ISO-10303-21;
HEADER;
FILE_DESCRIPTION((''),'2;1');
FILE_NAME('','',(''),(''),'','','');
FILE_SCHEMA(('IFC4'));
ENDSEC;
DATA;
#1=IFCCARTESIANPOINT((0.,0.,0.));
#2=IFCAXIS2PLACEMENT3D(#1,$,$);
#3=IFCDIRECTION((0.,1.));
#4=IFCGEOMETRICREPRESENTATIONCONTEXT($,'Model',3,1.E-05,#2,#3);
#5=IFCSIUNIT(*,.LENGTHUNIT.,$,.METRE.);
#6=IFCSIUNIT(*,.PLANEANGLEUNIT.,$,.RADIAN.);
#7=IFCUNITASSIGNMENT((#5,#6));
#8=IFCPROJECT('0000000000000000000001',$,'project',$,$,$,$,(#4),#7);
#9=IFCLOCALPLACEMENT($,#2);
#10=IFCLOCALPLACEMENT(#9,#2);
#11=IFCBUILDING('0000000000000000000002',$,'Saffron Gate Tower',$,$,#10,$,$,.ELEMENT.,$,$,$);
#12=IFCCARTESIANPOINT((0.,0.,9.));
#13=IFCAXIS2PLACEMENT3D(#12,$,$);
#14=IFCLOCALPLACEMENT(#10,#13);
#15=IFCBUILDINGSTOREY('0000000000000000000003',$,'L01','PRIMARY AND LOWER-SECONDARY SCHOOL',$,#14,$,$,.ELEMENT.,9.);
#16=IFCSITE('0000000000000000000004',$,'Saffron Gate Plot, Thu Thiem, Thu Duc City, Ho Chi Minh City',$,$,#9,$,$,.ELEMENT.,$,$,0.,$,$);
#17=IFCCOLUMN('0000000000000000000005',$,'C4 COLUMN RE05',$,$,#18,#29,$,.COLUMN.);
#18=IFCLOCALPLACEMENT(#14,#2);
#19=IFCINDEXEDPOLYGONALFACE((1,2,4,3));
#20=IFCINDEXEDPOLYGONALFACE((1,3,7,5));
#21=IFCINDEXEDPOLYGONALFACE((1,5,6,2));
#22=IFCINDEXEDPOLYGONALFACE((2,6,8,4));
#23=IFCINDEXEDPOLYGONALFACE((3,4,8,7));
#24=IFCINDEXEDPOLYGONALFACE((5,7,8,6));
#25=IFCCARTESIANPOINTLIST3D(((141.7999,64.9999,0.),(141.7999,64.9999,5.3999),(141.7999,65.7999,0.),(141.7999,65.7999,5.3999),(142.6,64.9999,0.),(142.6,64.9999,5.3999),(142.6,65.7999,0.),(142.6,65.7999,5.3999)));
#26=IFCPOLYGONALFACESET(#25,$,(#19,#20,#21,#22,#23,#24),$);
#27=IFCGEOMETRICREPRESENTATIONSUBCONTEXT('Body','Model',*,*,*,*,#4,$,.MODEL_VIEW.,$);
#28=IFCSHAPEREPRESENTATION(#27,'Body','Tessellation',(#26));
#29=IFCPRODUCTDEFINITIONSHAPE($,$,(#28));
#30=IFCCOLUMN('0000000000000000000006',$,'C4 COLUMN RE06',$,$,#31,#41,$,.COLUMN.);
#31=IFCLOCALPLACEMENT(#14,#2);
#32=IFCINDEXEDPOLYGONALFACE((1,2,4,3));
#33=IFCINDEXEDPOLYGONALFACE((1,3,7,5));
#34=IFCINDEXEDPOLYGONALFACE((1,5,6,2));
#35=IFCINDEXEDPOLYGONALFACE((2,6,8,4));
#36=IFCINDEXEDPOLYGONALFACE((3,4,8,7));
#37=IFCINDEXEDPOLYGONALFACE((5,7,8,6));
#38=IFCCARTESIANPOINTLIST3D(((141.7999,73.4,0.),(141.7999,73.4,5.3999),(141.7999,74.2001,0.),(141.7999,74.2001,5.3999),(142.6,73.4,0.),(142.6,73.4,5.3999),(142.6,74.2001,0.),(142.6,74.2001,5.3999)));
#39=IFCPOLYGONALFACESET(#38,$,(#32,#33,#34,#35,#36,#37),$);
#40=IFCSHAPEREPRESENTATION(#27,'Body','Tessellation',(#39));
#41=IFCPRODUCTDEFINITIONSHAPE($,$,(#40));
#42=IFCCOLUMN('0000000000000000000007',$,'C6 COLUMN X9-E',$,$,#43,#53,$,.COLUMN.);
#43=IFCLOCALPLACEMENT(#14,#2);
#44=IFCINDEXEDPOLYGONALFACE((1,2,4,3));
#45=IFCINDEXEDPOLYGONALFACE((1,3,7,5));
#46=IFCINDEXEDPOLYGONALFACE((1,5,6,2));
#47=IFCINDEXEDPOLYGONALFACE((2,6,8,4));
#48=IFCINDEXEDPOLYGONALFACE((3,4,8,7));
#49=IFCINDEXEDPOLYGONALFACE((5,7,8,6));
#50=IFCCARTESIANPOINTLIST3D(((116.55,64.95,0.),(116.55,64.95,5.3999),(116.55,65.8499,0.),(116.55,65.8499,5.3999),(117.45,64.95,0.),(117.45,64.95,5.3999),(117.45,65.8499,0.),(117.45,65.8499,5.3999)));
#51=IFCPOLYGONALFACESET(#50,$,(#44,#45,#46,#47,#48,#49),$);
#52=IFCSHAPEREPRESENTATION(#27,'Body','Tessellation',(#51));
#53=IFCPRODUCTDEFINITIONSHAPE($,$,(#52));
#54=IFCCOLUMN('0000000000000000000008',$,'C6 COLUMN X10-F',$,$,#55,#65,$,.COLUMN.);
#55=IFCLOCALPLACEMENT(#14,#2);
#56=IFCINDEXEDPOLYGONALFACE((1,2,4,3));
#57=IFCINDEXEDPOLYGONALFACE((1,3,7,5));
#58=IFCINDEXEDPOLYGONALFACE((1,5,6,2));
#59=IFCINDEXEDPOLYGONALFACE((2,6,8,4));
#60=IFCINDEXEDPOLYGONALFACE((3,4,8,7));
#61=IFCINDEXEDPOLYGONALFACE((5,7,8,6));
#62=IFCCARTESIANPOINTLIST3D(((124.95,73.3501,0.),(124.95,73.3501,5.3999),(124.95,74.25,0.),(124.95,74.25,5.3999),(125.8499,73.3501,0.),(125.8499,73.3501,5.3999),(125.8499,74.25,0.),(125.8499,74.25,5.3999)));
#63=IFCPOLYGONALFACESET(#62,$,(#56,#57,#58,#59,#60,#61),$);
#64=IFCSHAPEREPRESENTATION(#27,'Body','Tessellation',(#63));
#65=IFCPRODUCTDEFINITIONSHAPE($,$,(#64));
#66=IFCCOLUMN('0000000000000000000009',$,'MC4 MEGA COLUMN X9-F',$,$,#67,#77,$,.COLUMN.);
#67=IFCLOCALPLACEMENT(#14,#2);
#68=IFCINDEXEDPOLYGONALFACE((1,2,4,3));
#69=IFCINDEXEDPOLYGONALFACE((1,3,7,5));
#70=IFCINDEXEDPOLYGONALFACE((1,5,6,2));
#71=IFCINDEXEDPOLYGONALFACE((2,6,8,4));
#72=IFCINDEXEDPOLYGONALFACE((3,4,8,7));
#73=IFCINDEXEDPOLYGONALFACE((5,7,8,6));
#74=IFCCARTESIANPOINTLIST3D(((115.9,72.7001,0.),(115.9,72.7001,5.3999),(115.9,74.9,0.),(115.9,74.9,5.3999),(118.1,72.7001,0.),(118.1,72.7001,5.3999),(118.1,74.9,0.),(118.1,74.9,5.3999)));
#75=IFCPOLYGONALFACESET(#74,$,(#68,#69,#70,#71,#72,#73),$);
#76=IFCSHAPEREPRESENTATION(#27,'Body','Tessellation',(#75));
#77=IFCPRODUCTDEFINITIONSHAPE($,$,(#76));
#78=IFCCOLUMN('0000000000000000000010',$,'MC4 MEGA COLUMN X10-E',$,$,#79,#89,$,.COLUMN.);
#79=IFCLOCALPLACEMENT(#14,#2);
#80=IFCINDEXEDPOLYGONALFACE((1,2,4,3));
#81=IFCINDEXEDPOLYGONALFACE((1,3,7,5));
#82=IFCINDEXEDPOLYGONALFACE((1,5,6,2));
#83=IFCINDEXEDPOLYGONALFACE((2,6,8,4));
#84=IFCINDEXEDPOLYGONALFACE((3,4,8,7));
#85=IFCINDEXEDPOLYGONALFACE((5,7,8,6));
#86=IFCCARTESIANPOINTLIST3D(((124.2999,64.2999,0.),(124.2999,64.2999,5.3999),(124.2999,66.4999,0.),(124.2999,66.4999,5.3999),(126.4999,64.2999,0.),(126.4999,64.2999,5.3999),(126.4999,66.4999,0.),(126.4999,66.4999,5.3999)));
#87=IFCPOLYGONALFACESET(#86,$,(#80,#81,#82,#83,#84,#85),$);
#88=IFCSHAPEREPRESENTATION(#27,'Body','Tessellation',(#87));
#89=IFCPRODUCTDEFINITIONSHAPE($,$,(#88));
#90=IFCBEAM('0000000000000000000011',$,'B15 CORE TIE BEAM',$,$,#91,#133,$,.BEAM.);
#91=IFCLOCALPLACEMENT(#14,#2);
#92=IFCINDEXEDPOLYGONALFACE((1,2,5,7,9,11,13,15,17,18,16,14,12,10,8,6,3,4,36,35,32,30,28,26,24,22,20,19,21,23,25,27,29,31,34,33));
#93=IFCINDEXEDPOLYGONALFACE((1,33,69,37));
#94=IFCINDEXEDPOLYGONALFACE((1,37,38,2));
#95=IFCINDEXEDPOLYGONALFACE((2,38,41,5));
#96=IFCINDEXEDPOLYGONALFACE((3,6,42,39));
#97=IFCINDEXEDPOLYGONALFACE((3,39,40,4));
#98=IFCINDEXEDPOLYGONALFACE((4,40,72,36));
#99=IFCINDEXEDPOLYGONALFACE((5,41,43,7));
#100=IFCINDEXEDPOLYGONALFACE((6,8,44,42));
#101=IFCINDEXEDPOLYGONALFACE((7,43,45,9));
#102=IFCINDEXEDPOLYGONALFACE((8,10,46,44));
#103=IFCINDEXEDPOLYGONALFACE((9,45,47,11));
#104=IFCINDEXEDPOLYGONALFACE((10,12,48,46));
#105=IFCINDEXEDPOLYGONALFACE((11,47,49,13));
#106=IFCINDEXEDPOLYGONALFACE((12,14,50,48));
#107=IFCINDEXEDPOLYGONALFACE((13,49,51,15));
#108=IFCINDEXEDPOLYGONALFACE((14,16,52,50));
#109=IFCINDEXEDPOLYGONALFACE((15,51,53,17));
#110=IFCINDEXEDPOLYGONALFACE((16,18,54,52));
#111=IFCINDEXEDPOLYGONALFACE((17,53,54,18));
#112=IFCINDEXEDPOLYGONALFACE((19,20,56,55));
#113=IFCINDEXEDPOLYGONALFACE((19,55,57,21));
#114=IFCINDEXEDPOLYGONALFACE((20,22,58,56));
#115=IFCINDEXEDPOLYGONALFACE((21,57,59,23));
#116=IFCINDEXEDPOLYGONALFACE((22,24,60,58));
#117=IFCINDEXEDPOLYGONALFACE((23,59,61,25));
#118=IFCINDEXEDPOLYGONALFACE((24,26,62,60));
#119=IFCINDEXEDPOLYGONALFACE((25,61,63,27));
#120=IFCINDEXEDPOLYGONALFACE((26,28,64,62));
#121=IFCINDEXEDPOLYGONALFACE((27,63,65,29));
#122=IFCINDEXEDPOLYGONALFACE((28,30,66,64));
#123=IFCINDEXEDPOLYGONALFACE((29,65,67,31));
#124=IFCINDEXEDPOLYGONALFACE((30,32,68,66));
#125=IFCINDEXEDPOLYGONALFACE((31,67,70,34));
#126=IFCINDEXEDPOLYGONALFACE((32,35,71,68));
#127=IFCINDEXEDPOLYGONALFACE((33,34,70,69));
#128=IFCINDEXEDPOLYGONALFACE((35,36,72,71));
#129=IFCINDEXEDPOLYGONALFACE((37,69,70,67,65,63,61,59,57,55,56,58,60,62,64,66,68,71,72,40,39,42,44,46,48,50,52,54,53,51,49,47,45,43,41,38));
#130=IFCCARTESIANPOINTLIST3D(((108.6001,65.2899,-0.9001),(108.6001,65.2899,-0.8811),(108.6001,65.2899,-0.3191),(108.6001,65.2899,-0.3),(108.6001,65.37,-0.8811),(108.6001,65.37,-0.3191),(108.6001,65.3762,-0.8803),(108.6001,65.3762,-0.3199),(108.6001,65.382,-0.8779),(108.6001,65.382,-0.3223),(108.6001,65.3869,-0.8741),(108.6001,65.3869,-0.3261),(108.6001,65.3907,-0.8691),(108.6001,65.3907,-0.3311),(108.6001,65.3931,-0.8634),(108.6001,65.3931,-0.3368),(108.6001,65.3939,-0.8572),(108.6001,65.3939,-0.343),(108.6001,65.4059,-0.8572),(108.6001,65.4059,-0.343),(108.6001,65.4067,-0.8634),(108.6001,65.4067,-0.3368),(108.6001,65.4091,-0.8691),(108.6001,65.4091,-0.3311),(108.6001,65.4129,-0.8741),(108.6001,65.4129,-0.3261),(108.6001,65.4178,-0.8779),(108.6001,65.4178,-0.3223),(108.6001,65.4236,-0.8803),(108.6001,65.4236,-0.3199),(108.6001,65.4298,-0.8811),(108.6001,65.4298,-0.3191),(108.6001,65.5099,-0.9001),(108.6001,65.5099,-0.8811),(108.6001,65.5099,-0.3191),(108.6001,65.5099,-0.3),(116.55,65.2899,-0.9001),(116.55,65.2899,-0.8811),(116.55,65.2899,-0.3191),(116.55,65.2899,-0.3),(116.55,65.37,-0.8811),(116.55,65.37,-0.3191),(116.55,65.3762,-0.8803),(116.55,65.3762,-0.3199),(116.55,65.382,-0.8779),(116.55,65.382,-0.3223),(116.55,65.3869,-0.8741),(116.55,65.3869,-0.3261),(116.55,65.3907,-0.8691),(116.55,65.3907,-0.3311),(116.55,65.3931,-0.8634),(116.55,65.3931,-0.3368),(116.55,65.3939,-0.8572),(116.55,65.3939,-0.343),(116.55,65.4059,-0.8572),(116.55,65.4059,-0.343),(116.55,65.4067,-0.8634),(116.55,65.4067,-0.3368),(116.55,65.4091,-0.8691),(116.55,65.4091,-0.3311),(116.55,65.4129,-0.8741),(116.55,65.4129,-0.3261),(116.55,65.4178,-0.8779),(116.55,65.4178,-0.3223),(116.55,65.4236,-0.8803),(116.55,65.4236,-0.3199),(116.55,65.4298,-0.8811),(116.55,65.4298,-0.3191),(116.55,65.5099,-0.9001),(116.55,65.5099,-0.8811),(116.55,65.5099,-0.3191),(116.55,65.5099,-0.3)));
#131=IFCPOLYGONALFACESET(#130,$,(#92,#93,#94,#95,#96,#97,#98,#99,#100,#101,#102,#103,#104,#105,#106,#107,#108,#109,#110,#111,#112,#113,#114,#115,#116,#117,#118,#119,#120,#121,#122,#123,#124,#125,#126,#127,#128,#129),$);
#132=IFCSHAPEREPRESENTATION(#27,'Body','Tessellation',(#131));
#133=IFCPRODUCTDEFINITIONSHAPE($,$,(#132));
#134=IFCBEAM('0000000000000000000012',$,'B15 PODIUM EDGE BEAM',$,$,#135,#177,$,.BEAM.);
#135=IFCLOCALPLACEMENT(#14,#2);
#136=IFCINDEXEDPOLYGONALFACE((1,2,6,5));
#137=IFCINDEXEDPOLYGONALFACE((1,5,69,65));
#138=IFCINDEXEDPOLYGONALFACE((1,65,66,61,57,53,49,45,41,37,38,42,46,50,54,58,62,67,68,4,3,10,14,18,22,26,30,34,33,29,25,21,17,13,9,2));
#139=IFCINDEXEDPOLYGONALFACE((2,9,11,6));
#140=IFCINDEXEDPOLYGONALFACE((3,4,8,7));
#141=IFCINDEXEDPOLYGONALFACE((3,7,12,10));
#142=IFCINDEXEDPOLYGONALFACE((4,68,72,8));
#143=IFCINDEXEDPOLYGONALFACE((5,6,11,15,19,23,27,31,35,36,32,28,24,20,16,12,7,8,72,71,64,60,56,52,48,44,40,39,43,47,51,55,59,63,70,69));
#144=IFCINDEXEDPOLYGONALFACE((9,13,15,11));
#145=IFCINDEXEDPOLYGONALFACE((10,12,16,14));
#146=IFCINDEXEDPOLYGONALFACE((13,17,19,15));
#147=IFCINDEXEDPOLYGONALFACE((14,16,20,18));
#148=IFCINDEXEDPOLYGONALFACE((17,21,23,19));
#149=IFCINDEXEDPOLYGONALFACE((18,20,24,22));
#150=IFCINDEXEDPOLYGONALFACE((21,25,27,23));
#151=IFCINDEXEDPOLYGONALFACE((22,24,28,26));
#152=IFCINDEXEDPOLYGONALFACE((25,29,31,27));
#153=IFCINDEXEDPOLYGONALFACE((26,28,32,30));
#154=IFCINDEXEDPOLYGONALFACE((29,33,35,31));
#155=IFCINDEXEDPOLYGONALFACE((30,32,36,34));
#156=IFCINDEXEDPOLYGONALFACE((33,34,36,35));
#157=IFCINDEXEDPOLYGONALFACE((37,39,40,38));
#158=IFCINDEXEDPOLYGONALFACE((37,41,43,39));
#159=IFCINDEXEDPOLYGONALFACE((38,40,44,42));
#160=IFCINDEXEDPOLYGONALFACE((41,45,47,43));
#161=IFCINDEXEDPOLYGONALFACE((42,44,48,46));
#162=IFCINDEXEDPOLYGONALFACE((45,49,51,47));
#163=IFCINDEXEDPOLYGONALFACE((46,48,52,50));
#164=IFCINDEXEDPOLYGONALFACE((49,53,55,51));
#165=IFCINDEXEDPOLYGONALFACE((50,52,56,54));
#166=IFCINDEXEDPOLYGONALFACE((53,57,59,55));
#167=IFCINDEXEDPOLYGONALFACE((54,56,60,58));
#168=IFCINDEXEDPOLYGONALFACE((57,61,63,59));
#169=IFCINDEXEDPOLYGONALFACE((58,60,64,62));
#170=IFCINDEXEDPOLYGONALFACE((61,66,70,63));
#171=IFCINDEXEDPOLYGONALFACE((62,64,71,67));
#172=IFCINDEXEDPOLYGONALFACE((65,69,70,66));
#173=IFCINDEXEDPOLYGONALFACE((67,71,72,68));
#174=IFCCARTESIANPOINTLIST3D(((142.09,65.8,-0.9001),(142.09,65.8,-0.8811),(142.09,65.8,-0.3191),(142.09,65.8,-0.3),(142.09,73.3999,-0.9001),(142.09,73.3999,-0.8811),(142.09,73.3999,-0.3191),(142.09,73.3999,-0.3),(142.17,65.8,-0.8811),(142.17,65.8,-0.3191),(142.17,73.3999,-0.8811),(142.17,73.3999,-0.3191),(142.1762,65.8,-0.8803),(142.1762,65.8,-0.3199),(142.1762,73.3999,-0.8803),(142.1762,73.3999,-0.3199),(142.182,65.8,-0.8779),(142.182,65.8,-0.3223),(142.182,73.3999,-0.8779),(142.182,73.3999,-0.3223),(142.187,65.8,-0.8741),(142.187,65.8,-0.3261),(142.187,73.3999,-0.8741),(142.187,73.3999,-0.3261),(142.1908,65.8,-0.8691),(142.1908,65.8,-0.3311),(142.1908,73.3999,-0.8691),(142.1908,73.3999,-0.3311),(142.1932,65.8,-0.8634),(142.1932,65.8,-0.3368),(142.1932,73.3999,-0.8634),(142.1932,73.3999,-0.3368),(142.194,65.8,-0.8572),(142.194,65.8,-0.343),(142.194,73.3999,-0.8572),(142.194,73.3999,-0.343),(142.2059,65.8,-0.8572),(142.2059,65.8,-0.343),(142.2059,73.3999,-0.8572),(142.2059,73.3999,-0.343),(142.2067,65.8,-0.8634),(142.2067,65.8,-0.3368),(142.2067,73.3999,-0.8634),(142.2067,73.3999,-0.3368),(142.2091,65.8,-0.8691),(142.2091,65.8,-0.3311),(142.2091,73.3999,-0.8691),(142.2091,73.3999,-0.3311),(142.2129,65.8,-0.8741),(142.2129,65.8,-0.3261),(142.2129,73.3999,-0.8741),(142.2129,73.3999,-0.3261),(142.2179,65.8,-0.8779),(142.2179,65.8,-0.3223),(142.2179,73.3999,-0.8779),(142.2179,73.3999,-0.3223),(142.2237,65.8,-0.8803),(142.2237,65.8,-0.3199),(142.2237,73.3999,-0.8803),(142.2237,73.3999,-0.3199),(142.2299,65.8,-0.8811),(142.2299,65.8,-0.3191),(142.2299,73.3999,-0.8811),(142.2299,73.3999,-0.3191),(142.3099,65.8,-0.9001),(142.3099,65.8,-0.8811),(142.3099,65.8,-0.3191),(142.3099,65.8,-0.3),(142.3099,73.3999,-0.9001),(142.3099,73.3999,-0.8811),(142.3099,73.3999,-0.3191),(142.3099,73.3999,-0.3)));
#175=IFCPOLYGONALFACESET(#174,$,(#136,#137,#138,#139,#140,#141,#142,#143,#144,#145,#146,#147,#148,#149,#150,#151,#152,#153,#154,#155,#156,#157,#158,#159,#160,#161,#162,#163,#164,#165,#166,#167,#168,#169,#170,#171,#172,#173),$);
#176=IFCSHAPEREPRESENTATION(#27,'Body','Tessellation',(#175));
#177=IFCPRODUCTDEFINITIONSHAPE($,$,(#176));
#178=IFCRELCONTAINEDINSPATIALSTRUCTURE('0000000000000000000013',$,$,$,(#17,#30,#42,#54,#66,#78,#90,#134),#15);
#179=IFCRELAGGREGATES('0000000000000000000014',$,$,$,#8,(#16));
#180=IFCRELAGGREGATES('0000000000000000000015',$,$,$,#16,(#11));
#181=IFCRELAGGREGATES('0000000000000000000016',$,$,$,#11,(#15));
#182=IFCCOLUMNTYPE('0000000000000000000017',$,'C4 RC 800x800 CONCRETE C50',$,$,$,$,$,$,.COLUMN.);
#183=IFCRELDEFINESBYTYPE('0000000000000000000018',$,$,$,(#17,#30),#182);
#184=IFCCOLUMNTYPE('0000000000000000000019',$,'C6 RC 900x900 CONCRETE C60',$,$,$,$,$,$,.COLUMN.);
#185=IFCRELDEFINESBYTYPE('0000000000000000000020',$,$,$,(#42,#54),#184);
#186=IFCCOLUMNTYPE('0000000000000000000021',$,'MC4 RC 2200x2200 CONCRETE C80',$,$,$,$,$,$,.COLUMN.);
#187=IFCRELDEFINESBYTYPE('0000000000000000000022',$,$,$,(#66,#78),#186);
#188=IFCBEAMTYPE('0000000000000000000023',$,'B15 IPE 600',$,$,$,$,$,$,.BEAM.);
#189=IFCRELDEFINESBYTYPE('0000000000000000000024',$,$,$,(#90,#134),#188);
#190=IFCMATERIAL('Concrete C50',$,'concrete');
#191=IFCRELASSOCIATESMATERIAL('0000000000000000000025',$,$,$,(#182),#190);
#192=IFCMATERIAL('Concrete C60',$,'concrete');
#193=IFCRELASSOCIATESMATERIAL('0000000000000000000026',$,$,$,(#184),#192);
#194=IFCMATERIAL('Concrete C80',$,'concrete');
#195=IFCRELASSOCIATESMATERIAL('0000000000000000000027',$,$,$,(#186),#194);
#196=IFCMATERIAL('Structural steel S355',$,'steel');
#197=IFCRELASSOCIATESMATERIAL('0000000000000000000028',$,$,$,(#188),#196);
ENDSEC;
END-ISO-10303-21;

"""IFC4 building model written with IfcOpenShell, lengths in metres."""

from ifc_helpers import new_model, si_unit, direction, frame, origin, origin_2d, place, context, subcontext, project, spatial, rectangle, i_section, extrude, material, material_profile, profile_set, type_object, element, save


model = new_model("IFC4")

# Units and contexts
model_context = context("Model", 3, precision=1e-05, world=origin(), true_north=direction((0.0, 1.0)))
body_context = subcontext(model_context, "Body", "Model", "MODEL_VIEW")
ifc_project = project(units=[si_unit("LENGTHUNIT", "METRE"), si_unit("PLANEANGLEUNIT", "RADIAN")], contexts=[model_context])

# Site, building, storey
site_placement = place(None, origin())
site = spatial("IfcSite", under=ifc_project, at=site_placement, Name="Saffron Gate Plot, Thu Thiem, Thu Duc City, Ho Chi Minh City", CompositionType="ELEMENT", RefElevation=0.0)
building_placement = place(site_placement, origin())
building = spatial("IfcBuilding", under=site, at=building_placement, Name="Saffron Gate Tower", CompositionType="ELEMENT")
storey_placement = place(building_placement, frame((0.0, 0.0, 9.0)))
storey = spatial("IfcBuildingStorey", under=building, at=storey_placement, Name="L01", Description="PRIMARY AND LOWER-SECONDARY SCHOOL", CompositionType="ELEMENT", Elevation=9.0)

# Columns
ifc_material_1 = material(Name="Concrete C50", Category="concrete")
ifc_material_profile_1 = material_profile(ifc_material_1, rectangle(XDim=0.8, YDim=0.8, at=origin_2d()))
ifc_profile_set_1 = profile_set([ifc_material_profile_1], Name="Concrete C50")
column_type_1 = type_object("IfcColumnType", Name="C4 RC 800x800 CONCRETE C50", PredefinedType="COLUMN", material=ifc_profile_set_1)
for number, where, z_axis, x_axis, name in (
    (1, (142.2, 65.3999, 0.0), (0.0, 0.0, 1.0), (1.0, 0.0, 0.0), "C4 COLUMN RE05"),
    (2, (142.2, 73.8, 0.0), (0.0, 0.0, 1.0), (1.0, 0.0, 0.0), "C4 COLUMN RE06"),
):
    element("IfcColumn", number, at=place(storey_placement, frame(where, z_axis=z_axis, x_axis=x_axis)), inside=storey, type_object=column_type_1, Name=name, PredefinedType="COLUMN", context=body_context, shape_type="SweptSolid", body=[
        extrude(rectangle(XDim=0.8, YDim=0.8, at=origin_2d()), origin(), (0.0, 0.0, 1.0), 5.3999),
    ])
ifc_material_2 = material(Name="Concrete C60", Category="concrete")
ifc_material_profile_2 = material_profile(ifc_material_2, rectangle(XDim=0.8999, YDim=0.8999, at=origin_2d()))
ifc_profile_set_2 = profile_set([ifc_material_profile_2], Name="Concrete C60")
column_type_2 = type_object("IfcColumnType", Name="C6 RC 900x900 CONCRETE C60", PredefinedType="COLUMN", material=ifc_profile_set_2)
for number, where, z_axis, x_axis, name in (
    (3, (117.0, 65.3999, 0.0), (0.0, 0.0, 1.0), (1.0, 0.0, 0.0), "C6 COLUMN X9-E"),
    (4, (125.3999, 73.8, 0.0), (0.0, 0.0, 1.0), (1.0, 0.0, 0.0), "C6 COLUMN X10-F"),
):
    element("IfcColumn", number, at=place(storey_placement, frame(where, z_axis=z_axis, x_axis=x_axis)), inside=storey, type_object=column_type_2, Name=name, PredefinedType="COLUMN", context=body_context, shape_type="SweptSolid", body=[
        extrude(rectangle(XDim=0.8999, YDim=0.8999, at=origin_2d()), origin(), (0.0, 0.0, 1.0), 5.3999),
    ])
ifc_material_3 = material(Name="Concrete C80", Category="concrete")
ifc_material_profile_3 = material_profile(ifc_material_3, rectangle(XDim=2.2, YDim=2.2, at=origin_2d()))
ifc_profile_set_3 = profile_set([ifc_material_profile_3], Name="Concrete C80")
column_type_3 = type_object("IfcColumnType", Name="MC4 RC 2200x2200 CONCRETE C80", PredefinedType="COLUMN", material=ifc_profile_set_3)
for number, where, z_axis, x_axis, name in (
    (5, (117.0, 73.8, 0.0), (0.0, 0.0, 1.0), (1.0, 0.0, 0.0), "MC4 MEGA COLUMN X9-F"),
    (6, (125.3999, 65.3999, 0.0), (0.0, 0.0, 1.0), (1.0, 0.0, 0.0), "MC4 MEGA COLUMN X10-E"),
):
    element("IfcColumn", number, at=place(storey_placement, frame(where, z_axis=z_axis, x_axis=x_axis)), inside=storey, type_object=column_type_3, Name=name, PredefinedType="COLUMN", context=body_context, shape_type="SweptSolid", body=[
        extrude(rectangle(XDim=2.2, YDim=2.2, at=origin_2d()), origin(), (0.0, 0.0, 1.0), 5.3999),
    ])

# Beams
ifc_material_4 = material(Name="Structural steel S355", Category="steel")
ifc_material_profile_4 = material_profile(ifc_material_4, i_section(OverallWidth=0.22, OverallDepth=0.6001, WebThickness=0.012, FlangeThickness=0.019, FilletRadius=0.0239, at=origin_2d()))
ifc_profile_set_4 = profile_set([ifc_material_profile_4], Name="Structural steel S355")
beam_type_1 = type_object("IfcBeamType", Name="B15 IPE 600", PredefinedType="BEAM", material=ifc_profile_set_4)
beam_1_placement = place(storey_placement, frame((116.55, 65.3999, -0.6001), z_axis=(-1.0, 0.0, 0.0), x_axis=(0.0, -1.0, 0.0)))
element("IfcBeam", 7, at=beam_1_placement, inside=storey, type_object=beam_type_1, Name="B15 CORE TIE BEAM", PredefinedType="BEAM", context=body_context, shape_type="SweptSolid", body=[
    extrude(i_section(OverallWidth=0.22, OverallDepth=0.6001, WebThickness=0.012, FlangeThickness=0.019, FilletRadius=0.0239, at=origin_2d()), origin(), (0.0, 0.0, 1.0), 7.95),
])
beam_2_placement = place(storey_placement, frame((142.2, 65.8, -0.6001), z_axis=(0.0, 1.0, 0.0), x_axis=(-1.0, 0.0, 0.0)))
element("IfcBeam", 8, at=beam_2_placement, inside=storey, type_object=beam_type_1, Name="B15 PODIUM EDGE BEAM", PredefinedType="BEAM", context=body_context, shape_type="SweptSolid", body=[
    extrude(i_section(OverallWidth=0.22, OverallDepth=0.6001, WebThickness=0.012, FlangeThickness=0.019, FilletRadius=0.0239, at=origin_2d()), origin(), (0.0, 0.0, 1.0), 7.5999),
])

save(model, "model.ifc")
